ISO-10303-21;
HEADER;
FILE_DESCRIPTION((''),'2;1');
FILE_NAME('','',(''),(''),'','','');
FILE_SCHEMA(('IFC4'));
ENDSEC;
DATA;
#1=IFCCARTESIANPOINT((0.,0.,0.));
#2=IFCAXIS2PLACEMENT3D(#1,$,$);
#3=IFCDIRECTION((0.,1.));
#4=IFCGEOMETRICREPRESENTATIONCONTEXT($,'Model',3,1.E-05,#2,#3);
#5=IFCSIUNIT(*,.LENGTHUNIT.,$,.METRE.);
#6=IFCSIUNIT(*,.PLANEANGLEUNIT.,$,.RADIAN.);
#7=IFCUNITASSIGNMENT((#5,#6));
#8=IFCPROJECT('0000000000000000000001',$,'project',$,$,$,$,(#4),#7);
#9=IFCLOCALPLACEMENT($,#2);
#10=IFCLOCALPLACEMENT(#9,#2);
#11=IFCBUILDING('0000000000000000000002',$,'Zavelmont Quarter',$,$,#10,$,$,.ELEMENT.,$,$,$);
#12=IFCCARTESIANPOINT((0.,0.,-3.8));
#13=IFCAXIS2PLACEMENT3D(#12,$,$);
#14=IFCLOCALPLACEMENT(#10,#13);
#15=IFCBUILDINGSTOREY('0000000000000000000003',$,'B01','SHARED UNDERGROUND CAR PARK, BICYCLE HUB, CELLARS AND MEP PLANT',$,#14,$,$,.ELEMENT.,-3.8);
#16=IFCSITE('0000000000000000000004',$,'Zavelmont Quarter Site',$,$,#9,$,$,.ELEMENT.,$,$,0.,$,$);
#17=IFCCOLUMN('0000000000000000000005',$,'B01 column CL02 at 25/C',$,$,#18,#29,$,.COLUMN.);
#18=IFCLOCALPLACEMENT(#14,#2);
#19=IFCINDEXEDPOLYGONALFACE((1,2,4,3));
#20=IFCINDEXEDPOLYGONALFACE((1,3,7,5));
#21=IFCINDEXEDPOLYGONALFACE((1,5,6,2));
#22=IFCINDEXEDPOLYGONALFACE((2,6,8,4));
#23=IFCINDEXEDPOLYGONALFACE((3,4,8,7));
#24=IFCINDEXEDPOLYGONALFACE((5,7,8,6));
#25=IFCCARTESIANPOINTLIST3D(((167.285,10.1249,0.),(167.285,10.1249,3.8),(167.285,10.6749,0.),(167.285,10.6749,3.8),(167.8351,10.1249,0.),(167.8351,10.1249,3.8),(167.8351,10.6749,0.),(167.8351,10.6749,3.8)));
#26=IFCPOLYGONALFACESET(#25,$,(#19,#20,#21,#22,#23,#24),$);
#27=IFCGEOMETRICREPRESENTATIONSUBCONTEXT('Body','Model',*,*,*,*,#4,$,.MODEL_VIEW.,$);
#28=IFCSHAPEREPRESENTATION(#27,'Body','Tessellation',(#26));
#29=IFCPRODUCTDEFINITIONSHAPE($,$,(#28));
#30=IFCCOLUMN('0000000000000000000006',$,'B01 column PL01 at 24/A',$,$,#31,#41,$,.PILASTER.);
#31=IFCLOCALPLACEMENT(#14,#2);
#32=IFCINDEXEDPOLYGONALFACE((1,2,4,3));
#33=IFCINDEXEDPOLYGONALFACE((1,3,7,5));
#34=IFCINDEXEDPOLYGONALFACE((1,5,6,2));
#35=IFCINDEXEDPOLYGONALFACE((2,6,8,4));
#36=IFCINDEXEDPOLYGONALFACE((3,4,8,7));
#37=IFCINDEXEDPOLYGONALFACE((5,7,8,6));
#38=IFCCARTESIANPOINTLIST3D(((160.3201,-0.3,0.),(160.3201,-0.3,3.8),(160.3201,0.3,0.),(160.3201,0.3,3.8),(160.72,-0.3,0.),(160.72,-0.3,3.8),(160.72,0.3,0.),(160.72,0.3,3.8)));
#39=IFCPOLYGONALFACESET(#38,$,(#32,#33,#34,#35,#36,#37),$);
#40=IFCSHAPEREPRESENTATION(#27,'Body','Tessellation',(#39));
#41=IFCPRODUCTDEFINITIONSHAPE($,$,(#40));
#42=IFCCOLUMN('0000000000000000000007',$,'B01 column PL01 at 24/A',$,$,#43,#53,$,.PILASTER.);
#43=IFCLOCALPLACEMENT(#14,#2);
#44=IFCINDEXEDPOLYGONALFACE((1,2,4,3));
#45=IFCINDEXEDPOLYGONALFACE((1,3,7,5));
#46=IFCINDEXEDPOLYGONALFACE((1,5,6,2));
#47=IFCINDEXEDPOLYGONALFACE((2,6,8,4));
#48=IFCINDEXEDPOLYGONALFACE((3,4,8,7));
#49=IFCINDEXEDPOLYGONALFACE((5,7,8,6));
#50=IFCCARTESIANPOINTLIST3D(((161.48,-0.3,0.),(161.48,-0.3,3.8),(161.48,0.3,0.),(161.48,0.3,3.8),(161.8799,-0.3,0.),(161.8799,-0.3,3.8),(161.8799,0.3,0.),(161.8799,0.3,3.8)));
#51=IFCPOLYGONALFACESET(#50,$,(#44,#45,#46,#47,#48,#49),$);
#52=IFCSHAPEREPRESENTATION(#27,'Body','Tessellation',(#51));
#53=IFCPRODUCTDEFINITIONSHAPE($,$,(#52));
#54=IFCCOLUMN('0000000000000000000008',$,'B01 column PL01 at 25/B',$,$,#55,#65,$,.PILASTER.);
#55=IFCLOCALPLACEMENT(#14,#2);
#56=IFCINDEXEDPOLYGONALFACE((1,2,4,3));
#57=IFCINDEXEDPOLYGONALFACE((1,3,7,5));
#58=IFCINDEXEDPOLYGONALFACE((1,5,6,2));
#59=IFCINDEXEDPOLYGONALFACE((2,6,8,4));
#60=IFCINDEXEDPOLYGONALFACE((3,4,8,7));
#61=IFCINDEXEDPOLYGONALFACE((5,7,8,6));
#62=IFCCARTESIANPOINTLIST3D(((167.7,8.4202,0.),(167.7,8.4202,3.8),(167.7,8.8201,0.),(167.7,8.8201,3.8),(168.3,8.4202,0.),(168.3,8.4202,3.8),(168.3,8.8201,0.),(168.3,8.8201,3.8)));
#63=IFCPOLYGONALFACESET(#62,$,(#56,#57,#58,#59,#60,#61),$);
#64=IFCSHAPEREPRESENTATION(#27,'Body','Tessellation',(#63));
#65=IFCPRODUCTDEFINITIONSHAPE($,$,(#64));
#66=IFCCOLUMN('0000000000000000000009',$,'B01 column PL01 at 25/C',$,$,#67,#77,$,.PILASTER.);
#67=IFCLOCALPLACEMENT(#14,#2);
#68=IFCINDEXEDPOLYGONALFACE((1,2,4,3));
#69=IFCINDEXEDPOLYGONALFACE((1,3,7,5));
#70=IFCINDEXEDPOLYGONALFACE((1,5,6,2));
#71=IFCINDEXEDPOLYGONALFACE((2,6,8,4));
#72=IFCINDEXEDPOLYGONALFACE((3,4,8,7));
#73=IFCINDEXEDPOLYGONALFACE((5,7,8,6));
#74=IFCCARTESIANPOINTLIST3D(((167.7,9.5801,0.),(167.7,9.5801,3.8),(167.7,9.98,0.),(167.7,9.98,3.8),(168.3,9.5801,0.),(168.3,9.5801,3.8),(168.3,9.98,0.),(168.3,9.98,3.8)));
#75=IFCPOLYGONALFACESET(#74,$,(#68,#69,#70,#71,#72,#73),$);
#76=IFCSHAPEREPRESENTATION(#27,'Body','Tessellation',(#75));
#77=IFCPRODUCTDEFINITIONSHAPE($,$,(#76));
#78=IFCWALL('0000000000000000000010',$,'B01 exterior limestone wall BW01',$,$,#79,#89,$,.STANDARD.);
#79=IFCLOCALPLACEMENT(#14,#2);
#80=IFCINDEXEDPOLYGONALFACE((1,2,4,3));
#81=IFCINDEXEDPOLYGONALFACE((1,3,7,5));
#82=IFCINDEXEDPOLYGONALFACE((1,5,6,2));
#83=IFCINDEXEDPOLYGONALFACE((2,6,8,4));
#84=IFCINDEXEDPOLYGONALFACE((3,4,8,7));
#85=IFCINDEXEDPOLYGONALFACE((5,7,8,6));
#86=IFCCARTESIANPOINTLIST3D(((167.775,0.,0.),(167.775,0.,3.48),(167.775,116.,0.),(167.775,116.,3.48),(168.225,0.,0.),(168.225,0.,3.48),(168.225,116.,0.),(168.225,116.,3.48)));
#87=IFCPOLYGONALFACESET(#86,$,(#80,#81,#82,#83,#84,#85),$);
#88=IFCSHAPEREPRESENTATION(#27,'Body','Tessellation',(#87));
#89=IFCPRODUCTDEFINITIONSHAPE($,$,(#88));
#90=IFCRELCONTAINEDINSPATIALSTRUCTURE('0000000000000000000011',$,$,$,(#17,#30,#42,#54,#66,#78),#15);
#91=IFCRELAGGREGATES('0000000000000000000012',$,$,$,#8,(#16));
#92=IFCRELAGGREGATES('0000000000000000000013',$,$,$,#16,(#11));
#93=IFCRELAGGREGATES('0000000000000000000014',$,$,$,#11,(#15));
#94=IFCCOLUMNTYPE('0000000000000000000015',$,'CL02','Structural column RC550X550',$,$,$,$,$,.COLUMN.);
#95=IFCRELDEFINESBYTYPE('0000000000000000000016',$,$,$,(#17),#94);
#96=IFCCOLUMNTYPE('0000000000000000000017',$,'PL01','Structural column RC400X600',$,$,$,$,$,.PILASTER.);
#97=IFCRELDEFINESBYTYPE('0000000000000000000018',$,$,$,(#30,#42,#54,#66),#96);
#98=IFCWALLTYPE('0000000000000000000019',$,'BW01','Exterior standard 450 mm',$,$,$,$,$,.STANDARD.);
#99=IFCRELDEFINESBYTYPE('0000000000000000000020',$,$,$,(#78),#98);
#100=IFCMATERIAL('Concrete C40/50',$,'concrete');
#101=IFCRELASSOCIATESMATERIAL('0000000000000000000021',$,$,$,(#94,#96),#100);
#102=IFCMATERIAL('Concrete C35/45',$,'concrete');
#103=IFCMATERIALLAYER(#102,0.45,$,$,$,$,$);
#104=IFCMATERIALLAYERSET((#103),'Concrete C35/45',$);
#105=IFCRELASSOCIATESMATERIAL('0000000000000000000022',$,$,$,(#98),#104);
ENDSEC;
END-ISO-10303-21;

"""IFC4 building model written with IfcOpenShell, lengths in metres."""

from ifc_helpers import new_model, si_unit, direction, frame, frame_2d, origin, origin_2d, place, context, subcontext, project, spatial, rectangle, extrude, material, layer, layer_set, material_profile, profile_set, type_object, element, save


model = new_model("IFC4")

# Units and contexts
model_context = context("Model", 3, precision=1e-05, world=origin(), true_north=direction((0.0, 1.0)))
body_context = subcontext(model_context, "Body", "Model", "MODEL_VIEW")
ifc_project = project(units=[si_unit("LENGTHUNIT", "METRE"), si_unit("PLANEANGLEUNIT", "RADIAN")], contexts=[model_context])

# Site, building, storey
site_placement = place(None, origin())
site = spatial("IfcSite", under=ifc_project, at=site_placement, Name="Zavelmont Quarter Site", CompositionType="ELEMENT", RefElevation=0.0)
building_placement = place(site_placement, origin())
building = spatial("IfcBuilding", under=site, at=building_placement, Name="Zavelmont Quarter", CompositionType="ELEMENT")
storey_placement = place(building_placement, frame((0.0, 0.0, -3.8)))
storey = spatial("IfcBuildingStorey", under=building, at=storey_placement, Name="B01", Description="SHARED UNDERGROUND CAR PARK, BICYCLE HUB, CELLARS AND MEP PLANT", CompositionType="ELEMENT", Elevation=-3.8)

# Shared definitions
ifc_material_1 = material(Name="Concrete C35/45", Category="concrete")

# Columns
ifc_material_2 = material(Name="Concrete C40/50", Category="concrete")
ifc_material_profile_1 = material_profile(ifc_material_2, rectangle(XDim=0.55, YDim=0.55, at=origin_2d()), Name="RC550X550")
ifc_profile_set_1 = profile_set([ifc_material_profile_1], Name="Concrete C40/50")
column_type_1 = type_object("IfcColumnType", Name="CL02", Description="Structural column RC550X550", PredefinedType="COLUMN", material=ifc_profile_set_1)
for number, where, z_axis, x_axis, name in (
    (1, (167.5601, 10.3999, 0.0), (0.0, 0.0, 1.0), (1.0, 0.0, 0.0), "B01 column CL02 at 25/C"),
):
    element("IfcColumn", number, at=place(storey_placement, frame(where, z_axis=z_axis, x_axis=x_axis)), inside=storey, type_object=column_type_1, Name=name, PredefinedType="COLUMN", context=body_context, shape_type="SweptSolid", body=[
        extrude(rectangle(XDim=0.55, YDim=0.55, at=origin_2d()), origin(), (0.0, 0.0, 1.0), 3.8),
    ])
ifc_material_profile_2 = material_profile(ifc_material_2, rectangle(XDim=0.3999, YDim=0.6001, at=origin_2d()), Name="RC400X600")
ifc_profile_set_2 = profile_set([ifc_material_profile_2], Name="Concrete C40/50")
column_type_2 = type_object("IfcColumnType", Name="PL01", Description="Structural column RC400X600", PredefinedType="PILASTER", material=ifc_profile_set_2)
for number, where, z_axis, x_axis, name in (
    (2, (160.52, 0.0, 0.0), (0.0, 0.0, 1.0), (1.0, 0.0, 0.0), "B01 column PL01 at 24/A"),
    (3, (161.6799, 0.0, 0.0), (0.0, 0.0, 1.0), (1.0, 0.0, 0.0), "B01 column PL01 at 24/A"),
    (4, (168.0, 8.6201, 0.0), (0.0, 0.0, 1.0), (0.0, 1.0, 0.0), "B01 column PL01 at 25/B"),
    (5, (168.0, 9.78, 0.0), (0.0, 0.0, 1.0), (0.0, 1.0, 0.0), "B01 column PL01 at 25/C"),
):
    element("IfcColumn", number, at=place(storey_placement, frame(where, z_axis=z_axis, x_axis=x_axis)), inside=storey, type_object=column_type_2, Name=name, PredefinedType="PILASTER", context=body_context, shape_type="SweptSolid", body=[
        extrude(rectangle(XDim=0.3999, YDim=0.6001, at=origin_2d()), origin(), (0.0, 0.0, 1.0), 3.8),
    ])

# Wall
ifc_layer = layer(ifc_material_1, 0.45)
ifc_layer_set = layer_set([ifc_layer], Name="Concrete C35/45")
wall_type = type_object("IfcWallType", Name="BW01", Description="Exterior standard 450 mm", PredefinedType="STANDARD", material=ifc_layer_set)
wall_placement = place(storey_placement, frame((168.0, 0.0, 0.0), z_axis=(0.0, 0.0, 1.0), x_axis=(0.0, 1.0, 0.0)))
element("IfcWall", 6, at=wall_placement, inside=storey, type_object=wall_type, Name="B01 exterior limestone wall BW01", PredefinedType="STANDARD", context=body_context, shape_type="SweptSolid", body=[
    extrude(rectangle(XDim=116.0, YDim=0.45, at=frame_2d((58.0, 0.0))), origin(), (0.0, 0.0, 1.0), 3.48),
])

save(model, "model.ifc")
